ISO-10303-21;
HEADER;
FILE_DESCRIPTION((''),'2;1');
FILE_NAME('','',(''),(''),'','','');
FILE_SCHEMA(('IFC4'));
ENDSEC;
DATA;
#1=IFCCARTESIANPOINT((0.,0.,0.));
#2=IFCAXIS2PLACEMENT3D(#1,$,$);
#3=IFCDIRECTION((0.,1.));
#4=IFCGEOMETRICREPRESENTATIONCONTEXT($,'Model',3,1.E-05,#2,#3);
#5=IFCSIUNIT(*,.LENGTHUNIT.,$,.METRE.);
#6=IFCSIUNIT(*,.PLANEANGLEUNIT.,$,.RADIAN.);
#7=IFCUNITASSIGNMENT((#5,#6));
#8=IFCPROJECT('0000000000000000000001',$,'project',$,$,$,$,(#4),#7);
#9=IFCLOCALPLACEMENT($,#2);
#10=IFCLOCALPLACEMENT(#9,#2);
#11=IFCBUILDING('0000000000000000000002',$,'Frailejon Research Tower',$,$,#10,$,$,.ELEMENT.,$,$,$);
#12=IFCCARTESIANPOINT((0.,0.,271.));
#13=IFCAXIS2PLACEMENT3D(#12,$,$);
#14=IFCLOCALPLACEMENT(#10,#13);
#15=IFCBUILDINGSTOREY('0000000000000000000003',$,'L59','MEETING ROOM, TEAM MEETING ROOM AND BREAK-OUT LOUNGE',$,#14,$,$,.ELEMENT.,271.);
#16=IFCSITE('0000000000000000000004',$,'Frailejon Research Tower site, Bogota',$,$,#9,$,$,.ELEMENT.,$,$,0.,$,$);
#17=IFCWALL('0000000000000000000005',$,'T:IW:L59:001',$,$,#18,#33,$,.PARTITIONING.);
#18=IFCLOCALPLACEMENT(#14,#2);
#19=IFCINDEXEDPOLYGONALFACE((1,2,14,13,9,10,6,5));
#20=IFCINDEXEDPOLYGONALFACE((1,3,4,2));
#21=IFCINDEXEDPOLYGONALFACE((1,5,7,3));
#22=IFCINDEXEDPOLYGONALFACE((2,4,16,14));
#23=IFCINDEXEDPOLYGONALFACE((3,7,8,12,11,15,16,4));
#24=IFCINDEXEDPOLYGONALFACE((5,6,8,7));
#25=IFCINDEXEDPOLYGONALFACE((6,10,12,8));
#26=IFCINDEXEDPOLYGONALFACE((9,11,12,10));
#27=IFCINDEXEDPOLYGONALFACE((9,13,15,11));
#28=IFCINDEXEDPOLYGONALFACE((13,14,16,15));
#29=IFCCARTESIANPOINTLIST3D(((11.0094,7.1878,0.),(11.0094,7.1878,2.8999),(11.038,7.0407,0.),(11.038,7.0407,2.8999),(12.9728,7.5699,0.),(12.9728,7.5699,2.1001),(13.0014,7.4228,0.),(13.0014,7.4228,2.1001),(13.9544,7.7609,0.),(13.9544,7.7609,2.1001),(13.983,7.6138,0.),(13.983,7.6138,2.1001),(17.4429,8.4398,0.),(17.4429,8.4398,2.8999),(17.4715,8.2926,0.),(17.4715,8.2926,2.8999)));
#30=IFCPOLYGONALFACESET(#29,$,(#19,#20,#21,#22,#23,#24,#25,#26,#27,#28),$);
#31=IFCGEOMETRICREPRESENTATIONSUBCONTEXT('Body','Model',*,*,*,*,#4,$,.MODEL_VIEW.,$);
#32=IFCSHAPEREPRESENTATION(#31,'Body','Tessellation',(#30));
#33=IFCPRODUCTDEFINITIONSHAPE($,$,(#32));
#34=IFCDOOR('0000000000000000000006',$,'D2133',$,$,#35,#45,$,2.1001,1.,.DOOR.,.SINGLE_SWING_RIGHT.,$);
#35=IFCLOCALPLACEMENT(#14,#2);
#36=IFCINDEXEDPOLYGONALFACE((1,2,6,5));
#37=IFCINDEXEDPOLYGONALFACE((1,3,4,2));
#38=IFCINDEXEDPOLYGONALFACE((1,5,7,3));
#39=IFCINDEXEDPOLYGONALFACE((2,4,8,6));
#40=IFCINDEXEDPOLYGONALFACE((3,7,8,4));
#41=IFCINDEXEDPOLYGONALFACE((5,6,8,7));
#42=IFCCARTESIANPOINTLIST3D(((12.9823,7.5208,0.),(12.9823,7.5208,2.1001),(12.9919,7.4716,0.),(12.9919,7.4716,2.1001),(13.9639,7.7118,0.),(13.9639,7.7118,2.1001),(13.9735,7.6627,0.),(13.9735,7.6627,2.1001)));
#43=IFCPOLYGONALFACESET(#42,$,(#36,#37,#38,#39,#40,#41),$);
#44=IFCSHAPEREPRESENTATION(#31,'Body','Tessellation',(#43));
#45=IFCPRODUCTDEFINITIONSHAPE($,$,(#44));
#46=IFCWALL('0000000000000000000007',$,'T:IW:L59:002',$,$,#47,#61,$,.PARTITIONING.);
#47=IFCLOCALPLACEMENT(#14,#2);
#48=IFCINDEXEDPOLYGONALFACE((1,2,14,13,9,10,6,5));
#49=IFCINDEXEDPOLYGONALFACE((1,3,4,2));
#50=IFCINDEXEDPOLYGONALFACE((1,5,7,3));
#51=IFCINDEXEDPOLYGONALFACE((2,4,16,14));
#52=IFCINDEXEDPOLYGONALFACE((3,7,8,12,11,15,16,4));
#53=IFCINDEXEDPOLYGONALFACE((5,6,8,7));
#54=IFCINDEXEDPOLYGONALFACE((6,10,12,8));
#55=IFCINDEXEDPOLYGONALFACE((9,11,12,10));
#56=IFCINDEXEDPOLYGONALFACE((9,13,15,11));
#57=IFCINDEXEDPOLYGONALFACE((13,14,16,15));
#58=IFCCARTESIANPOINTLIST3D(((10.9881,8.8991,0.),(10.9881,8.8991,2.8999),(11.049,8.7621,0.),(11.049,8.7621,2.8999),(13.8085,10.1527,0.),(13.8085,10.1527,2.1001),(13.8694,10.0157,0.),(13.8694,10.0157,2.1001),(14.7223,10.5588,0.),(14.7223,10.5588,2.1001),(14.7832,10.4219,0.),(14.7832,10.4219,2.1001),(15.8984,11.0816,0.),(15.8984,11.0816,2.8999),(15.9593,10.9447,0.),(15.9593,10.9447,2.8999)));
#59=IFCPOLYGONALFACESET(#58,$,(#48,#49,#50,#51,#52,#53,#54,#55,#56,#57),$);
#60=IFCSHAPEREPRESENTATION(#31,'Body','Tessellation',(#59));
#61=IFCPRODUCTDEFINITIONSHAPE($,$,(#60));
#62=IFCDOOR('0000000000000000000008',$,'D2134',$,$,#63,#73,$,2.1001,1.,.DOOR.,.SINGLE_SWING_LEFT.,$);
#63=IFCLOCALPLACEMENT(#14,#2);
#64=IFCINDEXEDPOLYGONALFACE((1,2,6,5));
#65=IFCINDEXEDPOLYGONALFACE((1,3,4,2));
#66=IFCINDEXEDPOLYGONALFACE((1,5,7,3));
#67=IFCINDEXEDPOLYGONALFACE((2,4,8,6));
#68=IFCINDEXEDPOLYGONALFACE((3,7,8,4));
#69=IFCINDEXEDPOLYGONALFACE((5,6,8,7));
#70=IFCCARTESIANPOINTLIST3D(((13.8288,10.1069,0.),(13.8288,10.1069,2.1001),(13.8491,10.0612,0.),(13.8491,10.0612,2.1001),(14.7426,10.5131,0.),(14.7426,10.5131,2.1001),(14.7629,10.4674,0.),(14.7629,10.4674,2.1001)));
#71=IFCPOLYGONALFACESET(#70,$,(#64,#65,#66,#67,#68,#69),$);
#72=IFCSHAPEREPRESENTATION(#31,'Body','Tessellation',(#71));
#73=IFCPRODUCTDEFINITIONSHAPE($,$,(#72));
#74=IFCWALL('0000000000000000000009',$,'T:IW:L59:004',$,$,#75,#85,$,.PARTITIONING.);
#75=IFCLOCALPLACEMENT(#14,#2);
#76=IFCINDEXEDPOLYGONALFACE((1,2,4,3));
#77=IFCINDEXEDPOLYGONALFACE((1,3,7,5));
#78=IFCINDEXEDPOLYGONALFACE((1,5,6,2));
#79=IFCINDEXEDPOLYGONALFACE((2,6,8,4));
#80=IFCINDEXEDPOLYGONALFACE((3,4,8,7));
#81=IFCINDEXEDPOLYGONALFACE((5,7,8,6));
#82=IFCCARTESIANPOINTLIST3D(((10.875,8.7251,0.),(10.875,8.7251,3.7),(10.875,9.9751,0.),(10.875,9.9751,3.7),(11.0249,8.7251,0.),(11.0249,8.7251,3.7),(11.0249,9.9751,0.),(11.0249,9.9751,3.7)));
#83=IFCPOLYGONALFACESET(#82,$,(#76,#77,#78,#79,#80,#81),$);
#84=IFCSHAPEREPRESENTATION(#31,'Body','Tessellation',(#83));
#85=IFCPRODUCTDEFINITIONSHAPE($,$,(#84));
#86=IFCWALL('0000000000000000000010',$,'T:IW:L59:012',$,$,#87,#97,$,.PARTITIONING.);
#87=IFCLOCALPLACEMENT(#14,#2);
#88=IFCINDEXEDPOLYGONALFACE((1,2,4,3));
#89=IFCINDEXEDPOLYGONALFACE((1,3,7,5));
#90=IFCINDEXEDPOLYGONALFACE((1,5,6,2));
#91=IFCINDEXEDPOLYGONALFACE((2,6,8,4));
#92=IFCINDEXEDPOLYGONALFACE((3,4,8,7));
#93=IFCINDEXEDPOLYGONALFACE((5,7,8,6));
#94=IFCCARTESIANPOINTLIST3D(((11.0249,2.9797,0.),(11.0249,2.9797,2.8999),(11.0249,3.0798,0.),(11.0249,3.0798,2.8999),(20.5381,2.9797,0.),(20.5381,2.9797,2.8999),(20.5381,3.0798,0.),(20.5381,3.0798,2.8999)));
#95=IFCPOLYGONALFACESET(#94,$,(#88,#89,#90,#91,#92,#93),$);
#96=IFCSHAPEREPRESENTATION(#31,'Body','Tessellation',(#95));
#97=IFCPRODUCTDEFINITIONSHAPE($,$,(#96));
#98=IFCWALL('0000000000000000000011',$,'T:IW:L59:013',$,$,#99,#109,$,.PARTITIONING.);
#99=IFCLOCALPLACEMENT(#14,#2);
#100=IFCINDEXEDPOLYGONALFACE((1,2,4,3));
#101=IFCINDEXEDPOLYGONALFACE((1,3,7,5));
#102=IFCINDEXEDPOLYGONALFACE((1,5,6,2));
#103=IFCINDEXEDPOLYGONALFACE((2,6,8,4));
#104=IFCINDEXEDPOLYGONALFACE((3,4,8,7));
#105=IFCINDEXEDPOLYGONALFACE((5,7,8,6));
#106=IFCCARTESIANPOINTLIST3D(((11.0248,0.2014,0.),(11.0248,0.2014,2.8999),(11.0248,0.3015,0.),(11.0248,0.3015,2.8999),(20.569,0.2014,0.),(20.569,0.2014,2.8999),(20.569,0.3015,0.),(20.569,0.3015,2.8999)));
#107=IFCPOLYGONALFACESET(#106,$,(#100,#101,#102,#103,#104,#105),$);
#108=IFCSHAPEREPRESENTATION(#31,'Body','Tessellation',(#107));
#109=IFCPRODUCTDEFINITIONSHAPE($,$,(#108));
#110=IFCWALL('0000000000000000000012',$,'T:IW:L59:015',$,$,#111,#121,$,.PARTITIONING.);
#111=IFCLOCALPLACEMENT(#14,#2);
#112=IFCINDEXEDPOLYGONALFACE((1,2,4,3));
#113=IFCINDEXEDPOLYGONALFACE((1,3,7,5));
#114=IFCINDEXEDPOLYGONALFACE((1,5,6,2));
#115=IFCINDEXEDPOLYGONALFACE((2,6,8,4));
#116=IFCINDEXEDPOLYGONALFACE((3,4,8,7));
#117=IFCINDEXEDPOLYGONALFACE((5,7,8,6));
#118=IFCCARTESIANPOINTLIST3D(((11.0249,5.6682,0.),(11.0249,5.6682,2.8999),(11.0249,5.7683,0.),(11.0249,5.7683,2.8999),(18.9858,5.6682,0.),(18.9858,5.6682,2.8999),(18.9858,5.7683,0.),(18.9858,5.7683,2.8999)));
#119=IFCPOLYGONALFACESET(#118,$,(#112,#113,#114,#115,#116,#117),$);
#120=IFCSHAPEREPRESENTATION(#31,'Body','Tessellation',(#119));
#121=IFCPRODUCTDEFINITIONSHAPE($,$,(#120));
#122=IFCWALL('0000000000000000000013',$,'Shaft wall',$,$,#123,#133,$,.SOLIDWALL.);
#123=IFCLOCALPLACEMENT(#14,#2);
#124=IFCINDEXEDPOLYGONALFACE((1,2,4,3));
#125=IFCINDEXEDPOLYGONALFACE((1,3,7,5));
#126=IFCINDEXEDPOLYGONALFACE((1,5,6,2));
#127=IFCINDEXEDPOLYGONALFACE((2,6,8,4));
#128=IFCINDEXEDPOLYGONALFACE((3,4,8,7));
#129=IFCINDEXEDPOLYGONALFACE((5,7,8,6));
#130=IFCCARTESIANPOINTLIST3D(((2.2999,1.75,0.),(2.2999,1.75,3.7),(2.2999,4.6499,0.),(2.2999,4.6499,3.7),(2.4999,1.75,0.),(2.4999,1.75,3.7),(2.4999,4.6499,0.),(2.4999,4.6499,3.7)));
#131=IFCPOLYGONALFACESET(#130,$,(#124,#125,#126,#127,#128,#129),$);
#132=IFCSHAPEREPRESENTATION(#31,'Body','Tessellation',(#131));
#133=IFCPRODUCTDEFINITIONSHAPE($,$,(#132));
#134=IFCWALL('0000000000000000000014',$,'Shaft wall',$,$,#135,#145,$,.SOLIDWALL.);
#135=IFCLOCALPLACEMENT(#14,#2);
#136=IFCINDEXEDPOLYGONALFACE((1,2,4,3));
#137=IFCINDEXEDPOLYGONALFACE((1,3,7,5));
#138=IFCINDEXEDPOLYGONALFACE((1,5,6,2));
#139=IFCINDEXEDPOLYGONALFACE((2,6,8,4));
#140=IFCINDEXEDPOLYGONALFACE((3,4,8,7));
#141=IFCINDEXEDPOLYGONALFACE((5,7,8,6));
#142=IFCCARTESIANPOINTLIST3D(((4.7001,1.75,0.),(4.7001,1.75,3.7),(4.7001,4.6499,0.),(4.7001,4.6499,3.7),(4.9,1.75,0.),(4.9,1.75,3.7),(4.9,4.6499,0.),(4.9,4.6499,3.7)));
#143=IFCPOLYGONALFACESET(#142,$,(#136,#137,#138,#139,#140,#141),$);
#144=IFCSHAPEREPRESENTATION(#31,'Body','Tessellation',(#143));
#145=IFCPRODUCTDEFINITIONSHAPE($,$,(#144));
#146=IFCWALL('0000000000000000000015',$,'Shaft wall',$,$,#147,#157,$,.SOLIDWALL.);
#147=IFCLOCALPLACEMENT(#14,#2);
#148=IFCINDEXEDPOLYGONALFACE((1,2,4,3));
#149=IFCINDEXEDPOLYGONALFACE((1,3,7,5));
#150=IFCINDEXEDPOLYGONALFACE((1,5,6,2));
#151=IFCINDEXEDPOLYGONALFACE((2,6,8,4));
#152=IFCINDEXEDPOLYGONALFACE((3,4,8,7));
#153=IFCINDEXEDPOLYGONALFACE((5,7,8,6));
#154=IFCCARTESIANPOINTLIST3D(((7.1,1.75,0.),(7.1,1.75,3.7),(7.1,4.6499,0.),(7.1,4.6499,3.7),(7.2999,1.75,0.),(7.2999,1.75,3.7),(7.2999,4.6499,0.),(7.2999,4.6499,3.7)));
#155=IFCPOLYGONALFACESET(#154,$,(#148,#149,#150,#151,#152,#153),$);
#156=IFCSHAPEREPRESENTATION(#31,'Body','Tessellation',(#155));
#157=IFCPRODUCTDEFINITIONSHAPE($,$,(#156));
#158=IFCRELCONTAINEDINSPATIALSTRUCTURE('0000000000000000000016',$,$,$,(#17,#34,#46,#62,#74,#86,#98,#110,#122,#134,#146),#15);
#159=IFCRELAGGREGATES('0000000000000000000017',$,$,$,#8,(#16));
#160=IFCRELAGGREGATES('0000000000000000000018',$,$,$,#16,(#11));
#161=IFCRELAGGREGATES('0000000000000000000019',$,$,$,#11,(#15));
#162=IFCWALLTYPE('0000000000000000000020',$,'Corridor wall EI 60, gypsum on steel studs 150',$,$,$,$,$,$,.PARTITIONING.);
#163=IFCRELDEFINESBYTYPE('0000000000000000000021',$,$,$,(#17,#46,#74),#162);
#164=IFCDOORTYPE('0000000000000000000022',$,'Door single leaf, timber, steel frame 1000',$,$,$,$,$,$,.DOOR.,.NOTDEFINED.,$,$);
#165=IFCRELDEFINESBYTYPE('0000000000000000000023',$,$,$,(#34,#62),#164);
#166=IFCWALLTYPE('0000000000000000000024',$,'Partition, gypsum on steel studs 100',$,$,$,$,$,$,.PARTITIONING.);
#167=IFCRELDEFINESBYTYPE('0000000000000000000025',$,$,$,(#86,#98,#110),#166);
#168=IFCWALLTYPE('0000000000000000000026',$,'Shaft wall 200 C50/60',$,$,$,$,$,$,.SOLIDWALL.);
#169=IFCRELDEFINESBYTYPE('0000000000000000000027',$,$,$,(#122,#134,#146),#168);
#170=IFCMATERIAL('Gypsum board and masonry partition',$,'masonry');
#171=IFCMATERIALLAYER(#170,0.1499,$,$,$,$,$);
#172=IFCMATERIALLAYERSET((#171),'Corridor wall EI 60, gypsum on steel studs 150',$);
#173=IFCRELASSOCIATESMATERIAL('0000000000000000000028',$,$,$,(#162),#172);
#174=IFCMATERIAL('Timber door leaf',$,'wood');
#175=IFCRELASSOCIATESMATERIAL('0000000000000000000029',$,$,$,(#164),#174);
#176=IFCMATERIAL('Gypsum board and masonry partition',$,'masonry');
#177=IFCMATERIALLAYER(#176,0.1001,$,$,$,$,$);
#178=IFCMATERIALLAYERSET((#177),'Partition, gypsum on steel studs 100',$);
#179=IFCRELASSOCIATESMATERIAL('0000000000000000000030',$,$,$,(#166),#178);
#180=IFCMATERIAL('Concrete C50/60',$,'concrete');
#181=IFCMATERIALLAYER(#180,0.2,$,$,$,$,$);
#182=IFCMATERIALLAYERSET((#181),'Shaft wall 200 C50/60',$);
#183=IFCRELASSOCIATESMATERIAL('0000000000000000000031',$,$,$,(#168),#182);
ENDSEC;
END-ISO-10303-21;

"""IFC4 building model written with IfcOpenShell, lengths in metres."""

from ifc_helpers import new_model, si_unit, direction, frame, frame_2d, origin, place, context, subcontext, project, spatial, rectangle, extrude, material, layer, layer_set, type_object, element, fill, save


model = new_model("IFC4")

# Units and contexts
model_context = context("Model", 3, precision=1e-05, world=origin(), true_north=direction((0.0, 1.0)))
body_context = subcontext(model_context, "Body", "Model", "MODEL_VIEW")
ifc_project = project(units=[si_unit("LENGTHUNIT", "METRE"), si_unit("PLANEANGLEUNIT", "RADIAN")], contexts=[model_context])

# Site, building, storey
site_placement = place(None, origin())
site = spatial("IfcSite", under=ifc_project, at=site_placement, Name="Frailejon Research Tower site, Bogota", CompositionType="ELEMENT", RefElevation=0.0)
building_placement = place(site_placement, origin())
building = spatial("IfcBuilding", under=site, at=building_placement, Name="Frailejon Research Tower", CompositionType="ELEMENT")
storey_placement = place(building_placement, frame((0.0, 0.0, 271.0)))
storey = spatial("IfcBuildingStorey", under=building, at=storey_placement, Name="L59", Description="MEETING ROOM, TEAM MEETING ROOM AND BREAK-OUT LOUNGE", CompositionType="ELEMENT", Elevation=271.0)

# Walls, openings, doors
ifc_material_1 = material(Name="Gypsum board and masonry partition", Category="masonry")
ifc_layer_1 = layer(ifc_material_1, 0.1499)
ifc_layer_set_1 = layer_set([ifc_layer_1], Name="Corridor wall EI 60, gypsum on steel studs 150")
wall_type_1 = type_object("IfcWallType", Name="Corridor wall EI 60, gypsum on steel studs 150", PredefinedType="PARTITIONING", material=ifc_layer_set_1)
wall_1_placement = place(storey_placement, frame((11.0237, 7.1143, 0.0), z_axis=(0.0, 0.0, 1.0), x_axis=(0.981587, 0.191013, 0.0)))
wall_1 = element("IfcWall", 1, at=wall_1_placement, inside=storey, type_object=wall_type_1, Name="T:IW:L59:001", PredefinedType="PARTITIONING", context=body_context, shape_type="SweptSolid", body=[
    extrude(rectangle(XDim=6.5542, YDim=0.1499, at=frame_2d((3.2771, 0.0))), origin(), (0.0, 0.0, 1.0), 2.8999),
])
opening_1_placement = place(wall_1_placement, frame((2.0002, 0.0, 0.0)))
opening_1 = element("IfcOpeningElement", 2, at=opening_1_placement, cuts=wall_1, PredefinedType="OPENING", context=body_context, shape_type="SweptSolid", body=[
    extrude(rectangle(XDim=1.0, YDim=2.1001, at=frame_2d((0.5, 1.05))), frame((0.0, 0.085, 0.0), z_axis=(0.0, -1.0, 0.0), x_axis=(1.0, 0.0, 0.0)), (0.0, 0.0, 1.0), 0.1699),
])
ifc_material_2 = material(Name="Timber door leaf", Category="wood")
door_type_1 = type_object("IfcDoorType", Name="Door single leaf, timber, steel frame 1000", OperationType="NOTDEFINED", PredefinedType="DOOR", material=ifc_material_2)
door_1_placement = place(opening_1_placement, origin())
door_1 = element("IfcDoor", 3, at=door_1_placement, inside=storey, type_object=door_type_1, Name="D2133", OperationType="SINGLE_SWING_RIGHT", OverallHeight=2.1001, OverallWidth=1.0, PredefinedType="DOOR", context=body_context, shape_type="SweptSolid", body=[
    extrude(rectangle(XDim=1.0, YDim=2.1001, at=frame_2d((0.5, 1.05))), frame((0.0, 0.0249, 0.0), z_axis=(0.0, -1.0, 0.0), x_axis=(1.0, 0.0, 0.0)), (0.0, 0.0, 1.0), 0.05),
])
fill(opening_1, door_1)
wall_2_placement = place(storey_placement, frame((11.0186, 8.8306, 0.0), z_axis=(0.0, 0.0, 1.0), x_axis=(0.913797, 0.406172, 0.0)))
wall_2 = element("IfcWall", 4, at=wall_2_placement, inside=storey, type_object=wall_type_1, Name="T:IW:L59:002", PredefinedType="PARTITIONING", context=body_context, shape_type="SweptSolid", body=[
    extrude(rectangle(XDim=5.3735, YDim=0.1499, at=frame_2d((2.6868, 0.0))), origin(), (0.0, 0.0, 1.0), 2.8999),
])
opening_2_placement = place(wall_2_placement, frame((3.0864, 0.0, 0.0)))
opening_2 = element("IfcOpeningElement", 5, at=opening_2_placement, cuts=wall_2, PredefinedType="OPENING", context=body_context, shape_type="SweptSolid", body=[
    extrude(rectangle(XDim=1.0, YDim=2.1001, at=frame_2d((0.5, 1.05))), frame((0.0, 0.085, 0.0), z_axis=(0.0, -1.0, 0.0), x_axis=(1.0, 0.0, 0.0)), (0.0, 0.0, 1.0), 0.1699),
])
door_2_placement = place(opening_2_placement, origin())
door_2 = element("IfcDoor", 6, at=door_2_placement, inside=storey, type_object=door_type_1, Name="D2134", OperationType="SINGLE_SWING_LEFT", OverallHeight=2.1001, OverallWidth=1.0, PredefinedType="DOOR", context=body_context, shape_type="SweptSolid", body=[
    extrude(rectangle(XDim=1.0, YDim=2.1001, at=frame_2d((0.5, 1.05))), frame((0.0, 0.0249, 0.0), z_axis=(0.0, -1.0, 0.0), x_axis=(1.0, 0.0, 0.0)), (0.0, 0.0, 1.0), 0.05),
])
fill(opening_2, door_2)

# Walls
wall_3_placement = place(storey_placement, frame((10.95, 8.7251, 0.0), z_axis=(0.0, 0.0, 1.0), x_axis=(0.0, 1.0, 0.0)))
element("IfcWall", 7, at=wall_3_placement, inside=storey, type_object=wall_type_1, Name="T:IW:L59:004", PredefinedType="PARTITIONING", context=body_context, shape_type="SweptSolid", body=[
    extrude(rectangle(XDim=1.25, YDim=0.1499, at=frame_2d((0.625, 0.0))), origin(), (0.0, 0.0, 1.0), 3.7),
])
ifc_material_3 = material(Name="Gypsum board and masonry partition", Category="masonry")
ifc_layer_2 = layer(ifc_material_3, 0.1001)
ifc_layer_set_2 = layer_set([ifc_layer_2], Name="Partition, gypsum on steel studs 100")
wall_type_2 = type_object("IfcWallType", Name="Partition, gypsum on steel studs 100", PredefinedType="PARTITIONING", material=ifc_layer_set_2)
wall_4_placement = place(storey_placement, frame((11.0249, 3.0298, 0.0), z_axis=(0.0, 0.0, 1.0), x_axis=(1.0, 0.0, 0.0)))
element("IfcWall", 8, at=wall_4_placement, inside=storey, type_object=wall_type_2, Name="T:IW:L59:012", PredefinedType="PARTITIONING", context=body_context, shape_type="SweptSolid", body=[
    extrude(rectangle(XDim=9.5132, YDim=0.1001, at=frame_2d((4.7566, 0.0))), origin(), (0.0, 0.0, 1.0), 2.8999),
])
wall_5_placement = place(storey_placement, frame((11.0249, 0.2515, 0.0), z_axis=(0.0, 0.0, 1.0), x_axis=(1.0, 0.0, 0.0)))
element("IfcWall", 9, at=wall_5_placement, inside=storey, type_object=wall_type_2, Name="T:IW:L59:013", PredefinedType="PARTITIONING", context=body_context, shape_type="SweptSolid", body=[
    extrude(rectangle(XDim=9.5442, YDim=0.1001, at=frame_2d((4.772, 0.0))), origin(), (0.0, 0.0, 1.0), 2.8999),
])
wall_6_placement = place(storey_placement, frame((11.0249, 5.7183, 0.0), z_axis=(0.0, 0.0, 1.0), x_axis=(1.0, 0.0, 0.0)))
element("IfcWall", 10, at=wall_6_placement, inside=storey, type_object=wall_type_2, Name="T:IW:L59:015", PredefinedType="PARTITIONING", context=body_context, shape_type="SweptSolid", body=[
    extrude(rectangle(XDim=7.9609, YDim=0.1001, at=frame_2d((3.9805, 0.0))), origin(), (0.0, 0.0, 1.0), 2.8999),
])
ifc_material_4 = material(Name="Concrete C50/60", Category="concrete")
ifc_layer_3 = layer(ifc_material_4, 0.2)
ifc_layer_set_3 = layer_set([ifc_layer_3], Name="Shaft wall 200 C50/60")
wall_type_3 = type_object("IfcWallType", Name="Shaft wall 200 C50/60", PredefinedType="SOLIDWALL", material=ifc_layer_set_3)
for number, where, z_axis, x_axis, name in (
    (11, (2.3999, 1.75, 0.0), (0.0, 0.0, 1.0), (0.0, 1.0, 0.0), "Shaft wall"),
    (12, (4.8, 1.75, 0.0), (0.0, 0.0, 1.0), (0.0, 1.0, 0.0), "Shaft wall"),
    (13, (7.2, 1.75, 0.0), (0.0, 0.0, 1.0), (0.0, 1.0, 0.0), "Shaft wall"),
):
    element("IfcWall", number, at=place(storey_placement, frame(where, z_axis=z_axis, x_axis=x_axis)), inside=storey, type_object=wall_type_3, Name=name, PredefinedType="SOLIDWALL", context=body_context, shape_type="SweptSolid", body=[
        extrude(rectangle(XDim=2.8999, YDim=0.2, at=frame_2d((1.45, 0.0))), origin(), (0.0, 0.0, 1.0), 3.7),
    ])

save(model, "model.ifc")
